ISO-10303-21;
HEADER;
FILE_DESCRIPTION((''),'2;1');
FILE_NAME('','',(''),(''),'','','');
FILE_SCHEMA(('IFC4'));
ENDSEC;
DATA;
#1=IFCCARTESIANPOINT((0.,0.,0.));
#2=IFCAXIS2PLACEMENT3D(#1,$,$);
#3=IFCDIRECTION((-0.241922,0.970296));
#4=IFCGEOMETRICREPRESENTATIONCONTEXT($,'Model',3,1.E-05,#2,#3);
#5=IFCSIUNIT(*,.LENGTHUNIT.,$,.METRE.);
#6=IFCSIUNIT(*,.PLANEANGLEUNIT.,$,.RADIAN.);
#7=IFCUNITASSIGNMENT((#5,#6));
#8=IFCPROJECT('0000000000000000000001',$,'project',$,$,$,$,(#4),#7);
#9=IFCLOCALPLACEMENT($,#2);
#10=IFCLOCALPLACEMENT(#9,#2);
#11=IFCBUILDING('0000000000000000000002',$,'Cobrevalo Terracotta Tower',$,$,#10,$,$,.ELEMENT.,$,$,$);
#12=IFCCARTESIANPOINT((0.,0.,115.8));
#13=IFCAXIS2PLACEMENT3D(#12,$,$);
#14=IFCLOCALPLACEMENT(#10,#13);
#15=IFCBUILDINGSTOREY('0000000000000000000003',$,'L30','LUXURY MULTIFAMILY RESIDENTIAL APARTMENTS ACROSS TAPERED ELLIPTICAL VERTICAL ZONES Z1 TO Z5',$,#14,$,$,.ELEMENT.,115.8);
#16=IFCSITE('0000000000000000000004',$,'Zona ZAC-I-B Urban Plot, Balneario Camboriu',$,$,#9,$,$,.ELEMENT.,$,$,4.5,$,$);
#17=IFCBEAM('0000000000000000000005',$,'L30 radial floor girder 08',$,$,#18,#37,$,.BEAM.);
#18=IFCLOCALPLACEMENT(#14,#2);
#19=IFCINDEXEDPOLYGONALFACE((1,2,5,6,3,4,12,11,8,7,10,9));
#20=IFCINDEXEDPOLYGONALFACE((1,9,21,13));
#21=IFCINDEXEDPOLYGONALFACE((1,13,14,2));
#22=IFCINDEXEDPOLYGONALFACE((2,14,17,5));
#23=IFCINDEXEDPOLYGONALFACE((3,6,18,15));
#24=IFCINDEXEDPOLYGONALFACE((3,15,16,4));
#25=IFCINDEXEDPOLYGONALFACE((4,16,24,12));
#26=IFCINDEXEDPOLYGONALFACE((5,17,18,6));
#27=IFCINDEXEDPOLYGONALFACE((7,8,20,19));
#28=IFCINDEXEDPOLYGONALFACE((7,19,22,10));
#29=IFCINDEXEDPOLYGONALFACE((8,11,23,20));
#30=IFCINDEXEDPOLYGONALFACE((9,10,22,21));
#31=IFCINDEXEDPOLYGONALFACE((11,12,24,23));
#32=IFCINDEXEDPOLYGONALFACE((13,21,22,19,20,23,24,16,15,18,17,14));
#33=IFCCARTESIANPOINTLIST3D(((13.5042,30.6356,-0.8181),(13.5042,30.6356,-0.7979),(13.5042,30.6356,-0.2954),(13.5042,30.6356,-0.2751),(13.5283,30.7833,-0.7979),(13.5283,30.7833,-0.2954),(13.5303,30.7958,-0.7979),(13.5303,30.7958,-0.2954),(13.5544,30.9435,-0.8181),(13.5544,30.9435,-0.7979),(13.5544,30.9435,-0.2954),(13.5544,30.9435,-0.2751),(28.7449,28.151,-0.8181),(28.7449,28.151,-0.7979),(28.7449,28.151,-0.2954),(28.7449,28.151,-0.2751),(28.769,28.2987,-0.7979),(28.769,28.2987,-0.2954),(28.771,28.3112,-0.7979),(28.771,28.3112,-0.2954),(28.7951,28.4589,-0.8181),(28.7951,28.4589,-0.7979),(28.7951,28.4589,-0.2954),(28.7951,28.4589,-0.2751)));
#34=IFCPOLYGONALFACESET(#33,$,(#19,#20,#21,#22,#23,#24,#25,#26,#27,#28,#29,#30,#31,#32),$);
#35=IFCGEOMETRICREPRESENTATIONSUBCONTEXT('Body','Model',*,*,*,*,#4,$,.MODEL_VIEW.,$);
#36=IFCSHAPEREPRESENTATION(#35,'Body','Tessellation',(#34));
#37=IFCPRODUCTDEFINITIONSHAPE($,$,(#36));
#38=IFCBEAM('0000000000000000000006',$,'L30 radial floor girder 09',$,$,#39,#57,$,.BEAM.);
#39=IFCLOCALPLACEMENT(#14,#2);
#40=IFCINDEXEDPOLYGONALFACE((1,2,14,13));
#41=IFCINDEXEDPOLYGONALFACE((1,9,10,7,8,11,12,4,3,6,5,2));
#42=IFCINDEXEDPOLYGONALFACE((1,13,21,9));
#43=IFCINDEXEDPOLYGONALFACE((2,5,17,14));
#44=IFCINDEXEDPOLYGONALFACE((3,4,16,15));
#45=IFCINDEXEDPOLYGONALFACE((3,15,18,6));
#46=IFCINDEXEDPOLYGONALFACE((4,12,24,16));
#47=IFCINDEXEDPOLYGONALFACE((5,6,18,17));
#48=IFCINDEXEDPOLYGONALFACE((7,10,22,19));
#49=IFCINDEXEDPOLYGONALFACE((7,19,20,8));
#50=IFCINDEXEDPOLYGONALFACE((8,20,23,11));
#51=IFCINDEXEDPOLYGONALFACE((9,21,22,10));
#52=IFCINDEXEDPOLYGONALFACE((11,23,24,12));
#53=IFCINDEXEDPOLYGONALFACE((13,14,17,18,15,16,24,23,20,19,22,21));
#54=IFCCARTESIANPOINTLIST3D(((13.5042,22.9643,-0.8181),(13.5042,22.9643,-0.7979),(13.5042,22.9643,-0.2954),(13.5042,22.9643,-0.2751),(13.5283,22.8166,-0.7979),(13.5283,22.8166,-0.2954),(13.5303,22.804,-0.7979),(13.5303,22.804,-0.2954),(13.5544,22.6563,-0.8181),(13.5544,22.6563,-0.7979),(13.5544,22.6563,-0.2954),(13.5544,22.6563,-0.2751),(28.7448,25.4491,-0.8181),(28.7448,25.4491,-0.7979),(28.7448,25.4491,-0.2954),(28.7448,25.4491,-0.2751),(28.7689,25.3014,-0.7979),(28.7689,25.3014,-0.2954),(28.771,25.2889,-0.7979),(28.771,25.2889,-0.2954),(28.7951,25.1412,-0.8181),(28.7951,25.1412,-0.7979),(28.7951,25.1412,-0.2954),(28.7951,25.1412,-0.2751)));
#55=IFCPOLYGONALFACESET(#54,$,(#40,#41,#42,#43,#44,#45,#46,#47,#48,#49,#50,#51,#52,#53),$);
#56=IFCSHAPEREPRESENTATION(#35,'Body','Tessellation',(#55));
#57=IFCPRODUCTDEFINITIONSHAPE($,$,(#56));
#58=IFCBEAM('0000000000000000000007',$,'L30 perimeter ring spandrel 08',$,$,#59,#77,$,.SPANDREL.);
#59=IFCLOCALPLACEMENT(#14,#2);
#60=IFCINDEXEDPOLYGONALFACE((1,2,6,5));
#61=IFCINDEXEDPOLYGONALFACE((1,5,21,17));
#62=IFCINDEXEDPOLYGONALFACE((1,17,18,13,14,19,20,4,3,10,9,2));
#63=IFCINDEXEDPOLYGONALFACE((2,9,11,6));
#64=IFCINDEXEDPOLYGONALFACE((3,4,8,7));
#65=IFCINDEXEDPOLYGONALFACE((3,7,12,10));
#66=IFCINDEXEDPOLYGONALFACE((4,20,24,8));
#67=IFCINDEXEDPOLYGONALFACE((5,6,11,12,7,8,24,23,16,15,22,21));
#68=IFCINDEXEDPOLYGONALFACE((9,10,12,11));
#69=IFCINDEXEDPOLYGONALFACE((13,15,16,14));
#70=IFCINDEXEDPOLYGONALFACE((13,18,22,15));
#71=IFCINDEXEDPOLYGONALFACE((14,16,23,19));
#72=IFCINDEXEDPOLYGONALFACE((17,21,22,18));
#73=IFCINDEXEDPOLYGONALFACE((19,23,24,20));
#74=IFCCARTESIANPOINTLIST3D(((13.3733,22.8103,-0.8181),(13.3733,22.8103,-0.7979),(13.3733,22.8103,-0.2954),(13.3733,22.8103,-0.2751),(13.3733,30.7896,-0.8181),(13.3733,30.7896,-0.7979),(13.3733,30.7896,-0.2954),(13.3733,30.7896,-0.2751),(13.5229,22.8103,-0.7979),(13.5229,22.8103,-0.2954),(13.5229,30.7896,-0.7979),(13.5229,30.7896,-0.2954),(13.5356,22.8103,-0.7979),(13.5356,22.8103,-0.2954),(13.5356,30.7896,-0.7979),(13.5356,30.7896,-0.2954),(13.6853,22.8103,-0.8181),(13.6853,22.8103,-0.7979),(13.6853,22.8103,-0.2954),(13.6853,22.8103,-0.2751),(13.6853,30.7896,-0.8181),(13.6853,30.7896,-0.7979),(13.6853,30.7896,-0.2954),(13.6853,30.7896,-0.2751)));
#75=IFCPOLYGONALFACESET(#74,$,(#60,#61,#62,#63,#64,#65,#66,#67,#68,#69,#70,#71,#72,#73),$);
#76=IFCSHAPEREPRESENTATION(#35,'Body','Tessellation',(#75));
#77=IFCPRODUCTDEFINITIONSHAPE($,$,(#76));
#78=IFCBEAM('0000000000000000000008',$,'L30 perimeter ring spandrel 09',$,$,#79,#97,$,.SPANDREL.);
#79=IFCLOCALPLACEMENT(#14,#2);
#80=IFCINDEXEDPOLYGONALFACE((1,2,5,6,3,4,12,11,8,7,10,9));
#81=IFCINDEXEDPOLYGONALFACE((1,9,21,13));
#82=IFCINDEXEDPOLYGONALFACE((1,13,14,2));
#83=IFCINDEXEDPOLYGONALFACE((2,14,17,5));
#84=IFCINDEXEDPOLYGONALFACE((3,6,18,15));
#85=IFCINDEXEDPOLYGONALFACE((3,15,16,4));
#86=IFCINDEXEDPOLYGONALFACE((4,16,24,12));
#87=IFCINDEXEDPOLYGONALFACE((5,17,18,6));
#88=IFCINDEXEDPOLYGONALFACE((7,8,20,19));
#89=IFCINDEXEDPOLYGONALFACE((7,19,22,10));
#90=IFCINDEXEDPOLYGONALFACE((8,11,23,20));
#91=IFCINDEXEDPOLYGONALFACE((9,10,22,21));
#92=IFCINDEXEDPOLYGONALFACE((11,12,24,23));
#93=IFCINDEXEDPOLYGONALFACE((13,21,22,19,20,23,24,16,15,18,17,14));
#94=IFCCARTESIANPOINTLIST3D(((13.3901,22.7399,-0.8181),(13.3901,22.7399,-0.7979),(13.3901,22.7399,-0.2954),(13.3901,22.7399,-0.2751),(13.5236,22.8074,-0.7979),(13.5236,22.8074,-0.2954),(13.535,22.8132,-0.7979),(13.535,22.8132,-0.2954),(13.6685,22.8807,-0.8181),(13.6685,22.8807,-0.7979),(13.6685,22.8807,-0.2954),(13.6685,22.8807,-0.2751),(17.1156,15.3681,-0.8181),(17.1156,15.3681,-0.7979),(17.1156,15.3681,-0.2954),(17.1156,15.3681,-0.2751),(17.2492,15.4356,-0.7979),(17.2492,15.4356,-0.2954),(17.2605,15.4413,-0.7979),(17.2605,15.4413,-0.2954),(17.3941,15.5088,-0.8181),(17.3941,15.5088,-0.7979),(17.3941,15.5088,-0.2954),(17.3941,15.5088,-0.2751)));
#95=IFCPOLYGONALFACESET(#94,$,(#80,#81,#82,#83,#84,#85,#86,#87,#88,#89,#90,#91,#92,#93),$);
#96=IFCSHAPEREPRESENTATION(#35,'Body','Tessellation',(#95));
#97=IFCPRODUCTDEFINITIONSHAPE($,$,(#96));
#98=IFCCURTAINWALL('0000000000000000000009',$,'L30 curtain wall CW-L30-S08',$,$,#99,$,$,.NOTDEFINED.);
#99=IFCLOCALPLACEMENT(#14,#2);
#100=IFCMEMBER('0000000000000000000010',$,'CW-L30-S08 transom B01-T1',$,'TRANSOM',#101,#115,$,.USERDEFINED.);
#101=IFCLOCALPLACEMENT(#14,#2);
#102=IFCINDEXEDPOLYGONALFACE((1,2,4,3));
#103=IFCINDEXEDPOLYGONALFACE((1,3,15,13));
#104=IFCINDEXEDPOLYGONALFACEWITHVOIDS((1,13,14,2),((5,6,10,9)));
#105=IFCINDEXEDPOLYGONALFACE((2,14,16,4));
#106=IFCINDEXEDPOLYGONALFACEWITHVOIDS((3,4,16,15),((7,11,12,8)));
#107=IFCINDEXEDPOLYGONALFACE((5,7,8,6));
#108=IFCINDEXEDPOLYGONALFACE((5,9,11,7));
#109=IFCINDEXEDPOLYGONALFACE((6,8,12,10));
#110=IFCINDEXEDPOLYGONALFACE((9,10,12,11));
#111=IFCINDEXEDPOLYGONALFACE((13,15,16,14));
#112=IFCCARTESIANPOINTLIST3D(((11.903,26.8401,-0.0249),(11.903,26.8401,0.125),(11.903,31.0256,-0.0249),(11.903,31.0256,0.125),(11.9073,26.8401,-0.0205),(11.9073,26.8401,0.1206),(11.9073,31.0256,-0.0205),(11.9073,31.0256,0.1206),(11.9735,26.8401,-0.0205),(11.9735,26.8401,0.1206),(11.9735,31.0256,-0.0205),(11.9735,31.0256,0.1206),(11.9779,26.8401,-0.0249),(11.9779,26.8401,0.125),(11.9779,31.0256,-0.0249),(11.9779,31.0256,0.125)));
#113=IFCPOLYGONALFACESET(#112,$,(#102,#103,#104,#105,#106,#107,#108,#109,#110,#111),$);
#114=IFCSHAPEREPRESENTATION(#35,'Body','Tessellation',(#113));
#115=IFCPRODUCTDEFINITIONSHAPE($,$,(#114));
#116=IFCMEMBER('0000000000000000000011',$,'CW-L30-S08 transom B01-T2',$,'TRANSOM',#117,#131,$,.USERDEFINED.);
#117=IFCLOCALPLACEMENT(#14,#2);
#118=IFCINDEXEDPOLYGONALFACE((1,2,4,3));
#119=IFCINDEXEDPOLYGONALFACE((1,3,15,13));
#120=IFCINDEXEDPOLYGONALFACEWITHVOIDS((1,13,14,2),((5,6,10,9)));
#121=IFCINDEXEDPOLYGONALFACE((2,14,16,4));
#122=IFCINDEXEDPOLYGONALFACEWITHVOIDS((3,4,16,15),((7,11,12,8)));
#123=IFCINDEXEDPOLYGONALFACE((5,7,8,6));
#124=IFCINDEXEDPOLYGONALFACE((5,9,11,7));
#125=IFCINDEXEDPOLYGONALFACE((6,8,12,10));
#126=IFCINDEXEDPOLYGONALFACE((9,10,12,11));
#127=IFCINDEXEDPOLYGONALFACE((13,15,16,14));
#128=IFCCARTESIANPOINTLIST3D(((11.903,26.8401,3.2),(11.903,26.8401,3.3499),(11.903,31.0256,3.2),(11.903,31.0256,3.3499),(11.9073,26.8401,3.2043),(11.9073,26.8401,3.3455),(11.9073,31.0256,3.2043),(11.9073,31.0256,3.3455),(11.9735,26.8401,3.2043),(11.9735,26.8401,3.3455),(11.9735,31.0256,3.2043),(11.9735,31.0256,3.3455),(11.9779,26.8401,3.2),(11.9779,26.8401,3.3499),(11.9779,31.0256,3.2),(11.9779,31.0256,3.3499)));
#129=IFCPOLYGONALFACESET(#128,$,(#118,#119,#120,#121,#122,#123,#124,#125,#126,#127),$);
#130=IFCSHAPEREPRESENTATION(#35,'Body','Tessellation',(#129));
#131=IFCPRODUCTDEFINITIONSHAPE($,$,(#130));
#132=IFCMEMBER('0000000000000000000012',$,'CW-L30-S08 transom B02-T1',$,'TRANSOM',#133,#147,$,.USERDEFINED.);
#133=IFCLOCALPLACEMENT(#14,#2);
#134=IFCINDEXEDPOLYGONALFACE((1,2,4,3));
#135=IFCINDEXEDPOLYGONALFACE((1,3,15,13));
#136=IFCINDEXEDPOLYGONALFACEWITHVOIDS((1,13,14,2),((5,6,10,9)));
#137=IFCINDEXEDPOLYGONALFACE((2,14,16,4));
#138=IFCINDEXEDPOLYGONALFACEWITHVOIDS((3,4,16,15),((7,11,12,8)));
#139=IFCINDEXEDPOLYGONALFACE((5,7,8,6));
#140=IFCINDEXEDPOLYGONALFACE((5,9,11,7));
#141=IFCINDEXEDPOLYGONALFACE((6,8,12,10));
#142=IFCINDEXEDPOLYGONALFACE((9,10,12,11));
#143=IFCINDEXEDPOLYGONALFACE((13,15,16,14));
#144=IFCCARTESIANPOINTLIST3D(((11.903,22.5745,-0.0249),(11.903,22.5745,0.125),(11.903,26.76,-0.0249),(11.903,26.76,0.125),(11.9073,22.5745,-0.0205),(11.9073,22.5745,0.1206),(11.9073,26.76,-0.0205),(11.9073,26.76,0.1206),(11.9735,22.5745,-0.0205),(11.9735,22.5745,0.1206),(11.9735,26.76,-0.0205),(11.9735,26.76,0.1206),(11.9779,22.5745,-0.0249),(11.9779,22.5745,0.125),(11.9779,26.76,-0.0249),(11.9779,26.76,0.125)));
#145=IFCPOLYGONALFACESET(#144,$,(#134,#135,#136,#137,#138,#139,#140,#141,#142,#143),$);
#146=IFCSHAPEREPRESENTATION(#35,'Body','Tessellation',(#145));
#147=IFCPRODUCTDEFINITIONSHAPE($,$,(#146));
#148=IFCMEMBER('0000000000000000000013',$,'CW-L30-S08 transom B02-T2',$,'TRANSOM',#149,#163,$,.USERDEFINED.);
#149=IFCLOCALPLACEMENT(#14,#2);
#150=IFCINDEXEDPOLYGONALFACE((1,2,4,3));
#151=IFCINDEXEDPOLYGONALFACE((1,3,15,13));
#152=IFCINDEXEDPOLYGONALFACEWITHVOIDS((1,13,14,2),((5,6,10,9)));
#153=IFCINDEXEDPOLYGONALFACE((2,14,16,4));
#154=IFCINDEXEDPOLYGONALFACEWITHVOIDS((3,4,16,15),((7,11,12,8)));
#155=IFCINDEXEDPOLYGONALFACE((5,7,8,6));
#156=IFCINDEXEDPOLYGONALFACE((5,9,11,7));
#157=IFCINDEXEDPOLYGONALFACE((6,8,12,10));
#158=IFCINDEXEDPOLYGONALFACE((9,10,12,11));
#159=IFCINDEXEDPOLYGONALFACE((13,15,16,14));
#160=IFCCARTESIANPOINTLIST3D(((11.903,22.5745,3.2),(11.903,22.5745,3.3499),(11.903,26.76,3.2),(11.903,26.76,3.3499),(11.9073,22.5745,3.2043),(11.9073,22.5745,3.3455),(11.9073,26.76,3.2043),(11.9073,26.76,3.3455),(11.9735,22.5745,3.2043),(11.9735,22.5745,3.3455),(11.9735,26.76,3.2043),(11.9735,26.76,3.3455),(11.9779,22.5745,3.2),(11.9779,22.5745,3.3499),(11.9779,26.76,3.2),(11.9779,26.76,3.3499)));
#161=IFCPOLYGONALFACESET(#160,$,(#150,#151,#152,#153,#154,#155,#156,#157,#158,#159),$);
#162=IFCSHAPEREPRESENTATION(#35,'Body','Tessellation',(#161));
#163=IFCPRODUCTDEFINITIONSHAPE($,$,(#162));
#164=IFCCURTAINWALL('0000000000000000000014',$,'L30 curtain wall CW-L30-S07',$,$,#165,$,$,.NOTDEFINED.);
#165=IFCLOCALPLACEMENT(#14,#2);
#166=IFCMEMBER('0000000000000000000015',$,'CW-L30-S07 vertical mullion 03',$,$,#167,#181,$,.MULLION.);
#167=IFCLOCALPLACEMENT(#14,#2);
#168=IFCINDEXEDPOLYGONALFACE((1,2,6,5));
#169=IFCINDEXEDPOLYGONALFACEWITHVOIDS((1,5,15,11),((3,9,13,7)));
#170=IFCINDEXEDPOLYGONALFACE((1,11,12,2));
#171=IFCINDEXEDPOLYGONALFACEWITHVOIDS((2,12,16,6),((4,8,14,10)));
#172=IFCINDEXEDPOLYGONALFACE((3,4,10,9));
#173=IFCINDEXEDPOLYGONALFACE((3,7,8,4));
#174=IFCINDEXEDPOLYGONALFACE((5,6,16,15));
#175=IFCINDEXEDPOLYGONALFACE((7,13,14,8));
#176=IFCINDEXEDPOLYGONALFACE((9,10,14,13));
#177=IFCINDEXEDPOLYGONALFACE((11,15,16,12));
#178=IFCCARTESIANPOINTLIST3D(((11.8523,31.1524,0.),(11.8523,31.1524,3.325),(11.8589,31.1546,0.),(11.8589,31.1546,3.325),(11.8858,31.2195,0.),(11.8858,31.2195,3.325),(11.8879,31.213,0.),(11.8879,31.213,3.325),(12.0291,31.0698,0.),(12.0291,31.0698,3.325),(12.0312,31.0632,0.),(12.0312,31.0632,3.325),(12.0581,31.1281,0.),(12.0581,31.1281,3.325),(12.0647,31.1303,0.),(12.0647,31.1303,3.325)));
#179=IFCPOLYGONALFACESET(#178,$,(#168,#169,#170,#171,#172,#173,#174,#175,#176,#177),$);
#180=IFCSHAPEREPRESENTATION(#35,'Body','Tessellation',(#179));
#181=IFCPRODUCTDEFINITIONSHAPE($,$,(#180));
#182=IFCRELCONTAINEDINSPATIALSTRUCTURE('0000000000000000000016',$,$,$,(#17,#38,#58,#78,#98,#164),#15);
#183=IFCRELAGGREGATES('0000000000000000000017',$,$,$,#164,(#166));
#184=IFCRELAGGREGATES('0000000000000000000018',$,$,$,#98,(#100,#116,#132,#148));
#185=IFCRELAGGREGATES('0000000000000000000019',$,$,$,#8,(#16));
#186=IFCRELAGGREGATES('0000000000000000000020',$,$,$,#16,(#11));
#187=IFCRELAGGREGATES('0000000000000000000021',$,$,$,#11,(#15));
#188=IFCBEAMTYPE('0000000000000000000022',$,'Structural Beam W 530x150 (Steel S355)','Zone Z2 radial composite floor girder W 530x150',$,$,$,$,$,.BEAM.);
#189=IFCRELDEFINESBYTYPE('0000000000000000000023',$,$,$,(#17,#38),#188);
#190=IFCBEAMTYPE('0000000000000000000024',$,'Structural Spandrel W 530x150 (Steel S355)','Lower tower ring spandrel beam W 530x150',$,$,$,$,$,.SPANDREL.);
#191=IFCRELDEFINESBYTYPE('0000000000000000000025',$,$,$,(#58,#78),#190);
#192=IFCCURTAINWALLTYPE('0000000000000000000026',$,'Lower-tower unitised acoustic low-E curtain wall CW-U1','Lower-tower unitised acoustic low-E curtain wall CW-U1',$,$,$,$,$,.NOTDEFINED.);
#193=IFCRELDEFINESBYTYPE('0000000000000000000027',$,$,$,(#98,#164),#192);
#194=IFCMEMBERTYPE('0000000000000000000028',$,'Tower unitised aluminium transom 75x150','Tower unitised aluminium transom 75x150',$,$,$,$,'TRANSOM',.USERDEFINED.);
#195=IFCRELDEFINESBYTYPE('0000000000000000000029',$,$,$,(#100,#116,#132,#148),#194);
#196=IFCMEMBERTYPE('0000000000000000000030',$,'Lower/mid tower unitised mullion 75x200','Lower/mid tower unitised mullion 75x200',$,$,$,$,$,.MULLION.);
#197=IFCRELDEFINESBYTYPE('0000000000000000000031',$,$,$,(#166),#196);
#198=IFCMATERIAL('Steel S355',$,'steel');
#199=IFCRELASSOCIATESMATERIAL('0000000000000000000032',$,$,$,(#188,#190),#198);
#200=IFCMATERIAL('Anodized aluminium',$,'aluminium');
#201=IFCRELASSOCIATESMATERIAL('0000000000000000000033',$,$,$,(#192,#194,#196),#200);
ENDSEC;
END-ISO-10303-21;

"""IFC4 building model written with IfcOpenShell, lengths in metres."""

from ifc_helpers import new_model, si_unit, direction, frame, origin, origin_2d, place, context, subcontext, project, spatial, hollow_rectangle, i_section, extrude, source, transform, mapped, material, material_profile, profile_set, type_object, element, aggregate, save


model = new_model("IFC4")

# Units and contexts
model_context = context("Model", 3, precision=1e-05, world=origin(), true_north=direction((-0.241922, 0.970296)))
body_context = subcontext(model_context, "Body", "Model", "MODEL_VIEW")
ifc_project = project(units=[si_unit("LENGTHUNIT", "METRE"), si_unit("PLANEANGLEUNIT", "RADIAN")], contexts=[model_context])

# Site, building, storey
site_placement = place(None, origin())
site = spatial("IfcSite", under=ifc_project, at=site_placement, Name="Zona ZAC-I-B Urban Plot, Balneario Camboriu", CompositionType="ELEMENT", RefElevation=4.5)
building_placement = place(site_placement, origin())
building = spatial("IfcBuilding", under=site, at=building_placement, Name="Cobrevalo Terracotta Tower", CompositionType="ELEMENT")
storey_placement = place(building_placement, frame((0.0, 0.0, 115.8)))
storey = spatial("IfcBuildingStorey", under=building, at=storey_placement, Name="L30", Description="LUXURY MULTIFAMILY RESIDENTIAL APARTMENTS ACROSS TAPERED ELLIPTICAL VERTICAL ZONES Z1 TO Z5", CompositionType="ELEMENT", Elevation=115.8)

# Shared definitions
ifc_material_1 = material(Name="Steel S355", Category="steel")

# Beams
ifc_material_profile_1 = material_profile(ifc_material_1, i_section(OverallWidth=0.312, OverallDepth=0.543, WebThickness=0.0127, FlangeThickness=0.0203, at=origin_2d()), Name="W 530x150")
ifc_profile_set_1 = profile_set([ifc_material_profile_1], Name="Steel S355")
beam_type_1 = type_object("IfcBeamType", Name="Structural Beam W 530x150 (Steel S355)", Description="Zone Z2 radial composite floor girder W 530x150", PredefinedType="BEAM", material=ifc_profile_set_1)
for number, where, z_axis, x_axis, name in (
    (1, (13.5293, 30.7896, -0.5466), (0.986971, -0.160901, 0.0), (0.160901, 0.986971, 0.0), "L30 radial floor girder 08"),
    (2, (13.5293, 22.8103, -0.5466), (0.986968, 0.160916, 0.0), (-0.160916, 0.986968, 0.0), "L30 radial floor girder 09"),
):
    element("IfcBeam", number, at=place(storey_placement, frame(where, z_axis=z_axis, x_axis=x_axis)), inside=storey, type_object=beam_type_1, Name=name, PredefinedType="BEAM", context=body_context, shape_type="SweptSolid", body=[
        extrude(i_section(OverallWidth=0.312, OverallDepth=0.543, WebThickness=0.0127, FlangeThickness=0.0203, at=origin_2d()), origin(), (0.0, 0.0, 1.0), 15.4419),
    ])
ifc_material_profile_2 = material_profile(ifc_material_1, i_section(OverallWidth=0.312, OverallDepth=0.543, WebThickness=0.0127, FlangeThickness=0.0203, at=origin_2d()), Name="W 530x150")
ifc_profile_set_2 = profile_set([ifc_material_profile_2], Name="Steel S355")
beam_type_2 = type_object("IfcBeamType", Name="Structural Spandrel W 530x150 (Steel S355)", Description="Lower tower ring spandrel beam W 530x150", PredefinedType="SPANDREL", material=ifc_profile_set_2)
beam_1_placement = place(storey_placement, frame((13.5293, 30.7896, -0.5466), z_axis=(0.0, -1.0, 0.0), x_axis=(1.0, 0.0, 0.0)))
element("IfcBeam", 3, at=beam_1_placement, inside=storey, type_object=beam_type_2, Name="L30 perimeter ring spandrel 08", PredefinedType="SPANDREL", context=body_context, shape_type="SweptSolid", body=[
    extrude(i_section(OverallWidth=0.312, OverallDepth=0.543, WebThickness=0.0127, FlangeThickness=0.0203, at=origin_2d()), origin(), (0.0, 0.0, 1.0), 7.9792),
])
beam_2_placement = place(storey_placement, frame((13.5293, 22.8103, -0.5466), z_axis=(0.451052, -0.892498, 0.0), x_axis=(0.892498, 0.451052, 0.0)))
element("IfcBeam", 4, at=beam_2_placement, inside=storey, type_object=beam_type_2, Name="L30 perimeter ring spandrel 09", PredefinedType="SPANDREL", context=body_context, shape_type="SweptSolid", body=[
    extrude(i_section(OverallWidth=0.312, OverallDepth=0.543, WebThickness=0.0127, FlangeThickness=0.0203, at=origin_2d()), origin(), (0.0, 0.0, 1.0), 8.2598),
])

# Curtain wall, members
ifc_material_2 = material(Name="Anodized aluminium", Category="aluminium")
curtain_wall_type = type_object("IfcCurtainWallType", Name="Lower-tower unitised acoustic low-E curtain wall CW-U1", Description="Lower-tower unitised acoustic low-E curtain wall CW-U1", PredefinedType="NOTDEFINED", material=ifc_material_2)
curtain_wall_1_placement = place(storey_placement, origin())
curtain_wall_1 = element("IfcCurtainWall", 5, at=curtain_wall_1_placement, inside=storey, type_object=curtain_wall_type, Name="L30 curtain wall CW-L30-S08", PredefinedType="NOTDEFINED")
ifc_material_profile_3 = material_profile(ifc_material_2, hollow_rectangle(XDim=0.075, YDim=0.1499, WallThickness=0.0044, at=origin_2d()), Name="CWT 75x150")
ifc_profile_set_3 = profile_set([ifc_material_profile_3], Name="Anodized aluminium")
member_type_1 = type_object("IfcMemberType", Name="Tower unitised aluminium transom 75x150", Description="Tower unitised aluminium transom 75x150", ElementType="TRANSOM", PredefinedType="USERDEFINED", material=ifc_profile_set_3)
shared_shape_1 = source(origin(), body_context, "Body", "SweptSolid", [
    extrude(hollow_rectangle(XDim=0.075, YDim=0.1499, WallThickness=0.0044, at=origin_2d()), origin(), (0.0, 0.0, 1.0), 4.1855),
])
member_1_placement = place(storey_placement, frame((11.9404, 31.0256, 0.05), z_axis=(0.0, -1.0, 0.0), x_axis=(1.0, 0.0, 0.0)))
member_1 = element("IfcMember", 6, at=member_1_placement, type_object=member_type_1, Name="CW-L30-S08 transom B01-T1", ObjectType="TRANSOM", PredefinedType="USERDEFINED", context=body_context, shape_type="MappedRepresentation", body=[
    mapped(shared_shape_1, transform((0.0, 0.0, 0.0), scale=1.0)),
])
member_2_placement = place(storey_placement, frame((11.9404, 31.0256, 3.2749), z_axis=(0.0, -1.0, 0.0), x_axis=(1.0, 0.0, 0.0)))
member_2 = element("IfcMember", 7, at=member_2_placement, type_object=member_type_1, Name="CW-L30-S08 transom B01-T2", ObjectType="TRANSOM", PredefinedType="USERDEFINED", context=body_context, shape_type="MappedRepresentation", body=[
    mapped(shared_shape_1, transform((0.0, 0.0, 0.0), scale=1.0)),
])
member_3_placement = place(storey_placement, frame((11.9404, 26.76, 0.05), z_axis=(0.0, -1.0, 0.0), x_axis=(1.0, 0.0, 0.0)))
member_3 = element("IfcMember", 8, at=member_3_placement, type_object=member_type_1, Name="CW-L30-S08 transom B02-T1", ObjectType="TRANSOM", PredefinedType="USERDEFINED", context=body_context, shape_type="MappedRepresentation", body=[
    mapped(shared_shape_1, transform((0.0, 0.0, 0.0), scale=1.0)),
])
member_4_placement = place(storey_placement, frame((11.9404, 26.76, 3.2749), z_axis=(0.0, -1.0, 0.0), x_axis=(1.0, 0.0, 0.0)))
member_4 = element("IfcMember", 9, at=member_4_placement, type_object=member_type_1, Name="CW-L30-S08 transom B02-T2", ObjectType="TRANSOM", PredefinedType="USERDEFINED", context=body_context, shape_type="MappedRepresentation", body=[
    mapped(shared_shape_1, transform((0.0, 0.0, 0.0), scale=1.0)),
])

# Curtain wall, member
curtain_wall_2_placement = place(storey_placement, origin())
curtain_wall_2 = element("IfcCurtainWall", 10, at=curtain_wall_2_placement, inside=storey, type_object=curtain_wall_type, Name="L30 curtain wall CW-L30-S07", PredefinedType="NOTDEFINED")
ifc_material_profile_4 = material_profile(ifc_material_2, hollow_rectangle(XDim=0.075, YDim=0.2, WallThickness=0.0049, at=origin_2d()), Name="CWM 75x200")
ifc_profile_set_4 = profile_set([ifc_material_profile_4], Name="Anodized aluminium")
member_type_2 = type_object("IfcMemberType", Name="Lower/mid tower unitised mullion 75x200", Description="Lower/mid tower unitised mullion 75x200", PredefinedType="MULLION", material=ifc_profile_set_4)
shared_shape_2 = source(origin(), body_context, "Body", "SweptSolid", [
    extrude(hollow_rectangle(XDim=0.075, YDim=0.2, WallThickness=0.0049, at=origin_2d()), origin(), (0.0, 0.0, 1.0), 3.325),
])
member_5_placement = place(storey_placement, frame((11.9585, 31.1414, 0.0), z_axis=(0.0, 0.0, 1.0), x_axis=(-0.44626, -0.894903, 0.0)))
member_5 = element("IfcMember", 11, at=member_5_placement, type_object=member_type_2, Name="CW-L30-S07 vertical mullion 03", PredefinedType="MULLION", context=body_context, shape_type="MappedRepresentation", body=[
    mapped(shared_shape_2, transform((0.0, 0.0, 0.0), scale=1.0)),
])

aggregate(curtain_wall_2, [member_5])
aggregate(curtain_wall_1, [member_1, member_2, member_3, member_4])

save(model, "model.ifc")
